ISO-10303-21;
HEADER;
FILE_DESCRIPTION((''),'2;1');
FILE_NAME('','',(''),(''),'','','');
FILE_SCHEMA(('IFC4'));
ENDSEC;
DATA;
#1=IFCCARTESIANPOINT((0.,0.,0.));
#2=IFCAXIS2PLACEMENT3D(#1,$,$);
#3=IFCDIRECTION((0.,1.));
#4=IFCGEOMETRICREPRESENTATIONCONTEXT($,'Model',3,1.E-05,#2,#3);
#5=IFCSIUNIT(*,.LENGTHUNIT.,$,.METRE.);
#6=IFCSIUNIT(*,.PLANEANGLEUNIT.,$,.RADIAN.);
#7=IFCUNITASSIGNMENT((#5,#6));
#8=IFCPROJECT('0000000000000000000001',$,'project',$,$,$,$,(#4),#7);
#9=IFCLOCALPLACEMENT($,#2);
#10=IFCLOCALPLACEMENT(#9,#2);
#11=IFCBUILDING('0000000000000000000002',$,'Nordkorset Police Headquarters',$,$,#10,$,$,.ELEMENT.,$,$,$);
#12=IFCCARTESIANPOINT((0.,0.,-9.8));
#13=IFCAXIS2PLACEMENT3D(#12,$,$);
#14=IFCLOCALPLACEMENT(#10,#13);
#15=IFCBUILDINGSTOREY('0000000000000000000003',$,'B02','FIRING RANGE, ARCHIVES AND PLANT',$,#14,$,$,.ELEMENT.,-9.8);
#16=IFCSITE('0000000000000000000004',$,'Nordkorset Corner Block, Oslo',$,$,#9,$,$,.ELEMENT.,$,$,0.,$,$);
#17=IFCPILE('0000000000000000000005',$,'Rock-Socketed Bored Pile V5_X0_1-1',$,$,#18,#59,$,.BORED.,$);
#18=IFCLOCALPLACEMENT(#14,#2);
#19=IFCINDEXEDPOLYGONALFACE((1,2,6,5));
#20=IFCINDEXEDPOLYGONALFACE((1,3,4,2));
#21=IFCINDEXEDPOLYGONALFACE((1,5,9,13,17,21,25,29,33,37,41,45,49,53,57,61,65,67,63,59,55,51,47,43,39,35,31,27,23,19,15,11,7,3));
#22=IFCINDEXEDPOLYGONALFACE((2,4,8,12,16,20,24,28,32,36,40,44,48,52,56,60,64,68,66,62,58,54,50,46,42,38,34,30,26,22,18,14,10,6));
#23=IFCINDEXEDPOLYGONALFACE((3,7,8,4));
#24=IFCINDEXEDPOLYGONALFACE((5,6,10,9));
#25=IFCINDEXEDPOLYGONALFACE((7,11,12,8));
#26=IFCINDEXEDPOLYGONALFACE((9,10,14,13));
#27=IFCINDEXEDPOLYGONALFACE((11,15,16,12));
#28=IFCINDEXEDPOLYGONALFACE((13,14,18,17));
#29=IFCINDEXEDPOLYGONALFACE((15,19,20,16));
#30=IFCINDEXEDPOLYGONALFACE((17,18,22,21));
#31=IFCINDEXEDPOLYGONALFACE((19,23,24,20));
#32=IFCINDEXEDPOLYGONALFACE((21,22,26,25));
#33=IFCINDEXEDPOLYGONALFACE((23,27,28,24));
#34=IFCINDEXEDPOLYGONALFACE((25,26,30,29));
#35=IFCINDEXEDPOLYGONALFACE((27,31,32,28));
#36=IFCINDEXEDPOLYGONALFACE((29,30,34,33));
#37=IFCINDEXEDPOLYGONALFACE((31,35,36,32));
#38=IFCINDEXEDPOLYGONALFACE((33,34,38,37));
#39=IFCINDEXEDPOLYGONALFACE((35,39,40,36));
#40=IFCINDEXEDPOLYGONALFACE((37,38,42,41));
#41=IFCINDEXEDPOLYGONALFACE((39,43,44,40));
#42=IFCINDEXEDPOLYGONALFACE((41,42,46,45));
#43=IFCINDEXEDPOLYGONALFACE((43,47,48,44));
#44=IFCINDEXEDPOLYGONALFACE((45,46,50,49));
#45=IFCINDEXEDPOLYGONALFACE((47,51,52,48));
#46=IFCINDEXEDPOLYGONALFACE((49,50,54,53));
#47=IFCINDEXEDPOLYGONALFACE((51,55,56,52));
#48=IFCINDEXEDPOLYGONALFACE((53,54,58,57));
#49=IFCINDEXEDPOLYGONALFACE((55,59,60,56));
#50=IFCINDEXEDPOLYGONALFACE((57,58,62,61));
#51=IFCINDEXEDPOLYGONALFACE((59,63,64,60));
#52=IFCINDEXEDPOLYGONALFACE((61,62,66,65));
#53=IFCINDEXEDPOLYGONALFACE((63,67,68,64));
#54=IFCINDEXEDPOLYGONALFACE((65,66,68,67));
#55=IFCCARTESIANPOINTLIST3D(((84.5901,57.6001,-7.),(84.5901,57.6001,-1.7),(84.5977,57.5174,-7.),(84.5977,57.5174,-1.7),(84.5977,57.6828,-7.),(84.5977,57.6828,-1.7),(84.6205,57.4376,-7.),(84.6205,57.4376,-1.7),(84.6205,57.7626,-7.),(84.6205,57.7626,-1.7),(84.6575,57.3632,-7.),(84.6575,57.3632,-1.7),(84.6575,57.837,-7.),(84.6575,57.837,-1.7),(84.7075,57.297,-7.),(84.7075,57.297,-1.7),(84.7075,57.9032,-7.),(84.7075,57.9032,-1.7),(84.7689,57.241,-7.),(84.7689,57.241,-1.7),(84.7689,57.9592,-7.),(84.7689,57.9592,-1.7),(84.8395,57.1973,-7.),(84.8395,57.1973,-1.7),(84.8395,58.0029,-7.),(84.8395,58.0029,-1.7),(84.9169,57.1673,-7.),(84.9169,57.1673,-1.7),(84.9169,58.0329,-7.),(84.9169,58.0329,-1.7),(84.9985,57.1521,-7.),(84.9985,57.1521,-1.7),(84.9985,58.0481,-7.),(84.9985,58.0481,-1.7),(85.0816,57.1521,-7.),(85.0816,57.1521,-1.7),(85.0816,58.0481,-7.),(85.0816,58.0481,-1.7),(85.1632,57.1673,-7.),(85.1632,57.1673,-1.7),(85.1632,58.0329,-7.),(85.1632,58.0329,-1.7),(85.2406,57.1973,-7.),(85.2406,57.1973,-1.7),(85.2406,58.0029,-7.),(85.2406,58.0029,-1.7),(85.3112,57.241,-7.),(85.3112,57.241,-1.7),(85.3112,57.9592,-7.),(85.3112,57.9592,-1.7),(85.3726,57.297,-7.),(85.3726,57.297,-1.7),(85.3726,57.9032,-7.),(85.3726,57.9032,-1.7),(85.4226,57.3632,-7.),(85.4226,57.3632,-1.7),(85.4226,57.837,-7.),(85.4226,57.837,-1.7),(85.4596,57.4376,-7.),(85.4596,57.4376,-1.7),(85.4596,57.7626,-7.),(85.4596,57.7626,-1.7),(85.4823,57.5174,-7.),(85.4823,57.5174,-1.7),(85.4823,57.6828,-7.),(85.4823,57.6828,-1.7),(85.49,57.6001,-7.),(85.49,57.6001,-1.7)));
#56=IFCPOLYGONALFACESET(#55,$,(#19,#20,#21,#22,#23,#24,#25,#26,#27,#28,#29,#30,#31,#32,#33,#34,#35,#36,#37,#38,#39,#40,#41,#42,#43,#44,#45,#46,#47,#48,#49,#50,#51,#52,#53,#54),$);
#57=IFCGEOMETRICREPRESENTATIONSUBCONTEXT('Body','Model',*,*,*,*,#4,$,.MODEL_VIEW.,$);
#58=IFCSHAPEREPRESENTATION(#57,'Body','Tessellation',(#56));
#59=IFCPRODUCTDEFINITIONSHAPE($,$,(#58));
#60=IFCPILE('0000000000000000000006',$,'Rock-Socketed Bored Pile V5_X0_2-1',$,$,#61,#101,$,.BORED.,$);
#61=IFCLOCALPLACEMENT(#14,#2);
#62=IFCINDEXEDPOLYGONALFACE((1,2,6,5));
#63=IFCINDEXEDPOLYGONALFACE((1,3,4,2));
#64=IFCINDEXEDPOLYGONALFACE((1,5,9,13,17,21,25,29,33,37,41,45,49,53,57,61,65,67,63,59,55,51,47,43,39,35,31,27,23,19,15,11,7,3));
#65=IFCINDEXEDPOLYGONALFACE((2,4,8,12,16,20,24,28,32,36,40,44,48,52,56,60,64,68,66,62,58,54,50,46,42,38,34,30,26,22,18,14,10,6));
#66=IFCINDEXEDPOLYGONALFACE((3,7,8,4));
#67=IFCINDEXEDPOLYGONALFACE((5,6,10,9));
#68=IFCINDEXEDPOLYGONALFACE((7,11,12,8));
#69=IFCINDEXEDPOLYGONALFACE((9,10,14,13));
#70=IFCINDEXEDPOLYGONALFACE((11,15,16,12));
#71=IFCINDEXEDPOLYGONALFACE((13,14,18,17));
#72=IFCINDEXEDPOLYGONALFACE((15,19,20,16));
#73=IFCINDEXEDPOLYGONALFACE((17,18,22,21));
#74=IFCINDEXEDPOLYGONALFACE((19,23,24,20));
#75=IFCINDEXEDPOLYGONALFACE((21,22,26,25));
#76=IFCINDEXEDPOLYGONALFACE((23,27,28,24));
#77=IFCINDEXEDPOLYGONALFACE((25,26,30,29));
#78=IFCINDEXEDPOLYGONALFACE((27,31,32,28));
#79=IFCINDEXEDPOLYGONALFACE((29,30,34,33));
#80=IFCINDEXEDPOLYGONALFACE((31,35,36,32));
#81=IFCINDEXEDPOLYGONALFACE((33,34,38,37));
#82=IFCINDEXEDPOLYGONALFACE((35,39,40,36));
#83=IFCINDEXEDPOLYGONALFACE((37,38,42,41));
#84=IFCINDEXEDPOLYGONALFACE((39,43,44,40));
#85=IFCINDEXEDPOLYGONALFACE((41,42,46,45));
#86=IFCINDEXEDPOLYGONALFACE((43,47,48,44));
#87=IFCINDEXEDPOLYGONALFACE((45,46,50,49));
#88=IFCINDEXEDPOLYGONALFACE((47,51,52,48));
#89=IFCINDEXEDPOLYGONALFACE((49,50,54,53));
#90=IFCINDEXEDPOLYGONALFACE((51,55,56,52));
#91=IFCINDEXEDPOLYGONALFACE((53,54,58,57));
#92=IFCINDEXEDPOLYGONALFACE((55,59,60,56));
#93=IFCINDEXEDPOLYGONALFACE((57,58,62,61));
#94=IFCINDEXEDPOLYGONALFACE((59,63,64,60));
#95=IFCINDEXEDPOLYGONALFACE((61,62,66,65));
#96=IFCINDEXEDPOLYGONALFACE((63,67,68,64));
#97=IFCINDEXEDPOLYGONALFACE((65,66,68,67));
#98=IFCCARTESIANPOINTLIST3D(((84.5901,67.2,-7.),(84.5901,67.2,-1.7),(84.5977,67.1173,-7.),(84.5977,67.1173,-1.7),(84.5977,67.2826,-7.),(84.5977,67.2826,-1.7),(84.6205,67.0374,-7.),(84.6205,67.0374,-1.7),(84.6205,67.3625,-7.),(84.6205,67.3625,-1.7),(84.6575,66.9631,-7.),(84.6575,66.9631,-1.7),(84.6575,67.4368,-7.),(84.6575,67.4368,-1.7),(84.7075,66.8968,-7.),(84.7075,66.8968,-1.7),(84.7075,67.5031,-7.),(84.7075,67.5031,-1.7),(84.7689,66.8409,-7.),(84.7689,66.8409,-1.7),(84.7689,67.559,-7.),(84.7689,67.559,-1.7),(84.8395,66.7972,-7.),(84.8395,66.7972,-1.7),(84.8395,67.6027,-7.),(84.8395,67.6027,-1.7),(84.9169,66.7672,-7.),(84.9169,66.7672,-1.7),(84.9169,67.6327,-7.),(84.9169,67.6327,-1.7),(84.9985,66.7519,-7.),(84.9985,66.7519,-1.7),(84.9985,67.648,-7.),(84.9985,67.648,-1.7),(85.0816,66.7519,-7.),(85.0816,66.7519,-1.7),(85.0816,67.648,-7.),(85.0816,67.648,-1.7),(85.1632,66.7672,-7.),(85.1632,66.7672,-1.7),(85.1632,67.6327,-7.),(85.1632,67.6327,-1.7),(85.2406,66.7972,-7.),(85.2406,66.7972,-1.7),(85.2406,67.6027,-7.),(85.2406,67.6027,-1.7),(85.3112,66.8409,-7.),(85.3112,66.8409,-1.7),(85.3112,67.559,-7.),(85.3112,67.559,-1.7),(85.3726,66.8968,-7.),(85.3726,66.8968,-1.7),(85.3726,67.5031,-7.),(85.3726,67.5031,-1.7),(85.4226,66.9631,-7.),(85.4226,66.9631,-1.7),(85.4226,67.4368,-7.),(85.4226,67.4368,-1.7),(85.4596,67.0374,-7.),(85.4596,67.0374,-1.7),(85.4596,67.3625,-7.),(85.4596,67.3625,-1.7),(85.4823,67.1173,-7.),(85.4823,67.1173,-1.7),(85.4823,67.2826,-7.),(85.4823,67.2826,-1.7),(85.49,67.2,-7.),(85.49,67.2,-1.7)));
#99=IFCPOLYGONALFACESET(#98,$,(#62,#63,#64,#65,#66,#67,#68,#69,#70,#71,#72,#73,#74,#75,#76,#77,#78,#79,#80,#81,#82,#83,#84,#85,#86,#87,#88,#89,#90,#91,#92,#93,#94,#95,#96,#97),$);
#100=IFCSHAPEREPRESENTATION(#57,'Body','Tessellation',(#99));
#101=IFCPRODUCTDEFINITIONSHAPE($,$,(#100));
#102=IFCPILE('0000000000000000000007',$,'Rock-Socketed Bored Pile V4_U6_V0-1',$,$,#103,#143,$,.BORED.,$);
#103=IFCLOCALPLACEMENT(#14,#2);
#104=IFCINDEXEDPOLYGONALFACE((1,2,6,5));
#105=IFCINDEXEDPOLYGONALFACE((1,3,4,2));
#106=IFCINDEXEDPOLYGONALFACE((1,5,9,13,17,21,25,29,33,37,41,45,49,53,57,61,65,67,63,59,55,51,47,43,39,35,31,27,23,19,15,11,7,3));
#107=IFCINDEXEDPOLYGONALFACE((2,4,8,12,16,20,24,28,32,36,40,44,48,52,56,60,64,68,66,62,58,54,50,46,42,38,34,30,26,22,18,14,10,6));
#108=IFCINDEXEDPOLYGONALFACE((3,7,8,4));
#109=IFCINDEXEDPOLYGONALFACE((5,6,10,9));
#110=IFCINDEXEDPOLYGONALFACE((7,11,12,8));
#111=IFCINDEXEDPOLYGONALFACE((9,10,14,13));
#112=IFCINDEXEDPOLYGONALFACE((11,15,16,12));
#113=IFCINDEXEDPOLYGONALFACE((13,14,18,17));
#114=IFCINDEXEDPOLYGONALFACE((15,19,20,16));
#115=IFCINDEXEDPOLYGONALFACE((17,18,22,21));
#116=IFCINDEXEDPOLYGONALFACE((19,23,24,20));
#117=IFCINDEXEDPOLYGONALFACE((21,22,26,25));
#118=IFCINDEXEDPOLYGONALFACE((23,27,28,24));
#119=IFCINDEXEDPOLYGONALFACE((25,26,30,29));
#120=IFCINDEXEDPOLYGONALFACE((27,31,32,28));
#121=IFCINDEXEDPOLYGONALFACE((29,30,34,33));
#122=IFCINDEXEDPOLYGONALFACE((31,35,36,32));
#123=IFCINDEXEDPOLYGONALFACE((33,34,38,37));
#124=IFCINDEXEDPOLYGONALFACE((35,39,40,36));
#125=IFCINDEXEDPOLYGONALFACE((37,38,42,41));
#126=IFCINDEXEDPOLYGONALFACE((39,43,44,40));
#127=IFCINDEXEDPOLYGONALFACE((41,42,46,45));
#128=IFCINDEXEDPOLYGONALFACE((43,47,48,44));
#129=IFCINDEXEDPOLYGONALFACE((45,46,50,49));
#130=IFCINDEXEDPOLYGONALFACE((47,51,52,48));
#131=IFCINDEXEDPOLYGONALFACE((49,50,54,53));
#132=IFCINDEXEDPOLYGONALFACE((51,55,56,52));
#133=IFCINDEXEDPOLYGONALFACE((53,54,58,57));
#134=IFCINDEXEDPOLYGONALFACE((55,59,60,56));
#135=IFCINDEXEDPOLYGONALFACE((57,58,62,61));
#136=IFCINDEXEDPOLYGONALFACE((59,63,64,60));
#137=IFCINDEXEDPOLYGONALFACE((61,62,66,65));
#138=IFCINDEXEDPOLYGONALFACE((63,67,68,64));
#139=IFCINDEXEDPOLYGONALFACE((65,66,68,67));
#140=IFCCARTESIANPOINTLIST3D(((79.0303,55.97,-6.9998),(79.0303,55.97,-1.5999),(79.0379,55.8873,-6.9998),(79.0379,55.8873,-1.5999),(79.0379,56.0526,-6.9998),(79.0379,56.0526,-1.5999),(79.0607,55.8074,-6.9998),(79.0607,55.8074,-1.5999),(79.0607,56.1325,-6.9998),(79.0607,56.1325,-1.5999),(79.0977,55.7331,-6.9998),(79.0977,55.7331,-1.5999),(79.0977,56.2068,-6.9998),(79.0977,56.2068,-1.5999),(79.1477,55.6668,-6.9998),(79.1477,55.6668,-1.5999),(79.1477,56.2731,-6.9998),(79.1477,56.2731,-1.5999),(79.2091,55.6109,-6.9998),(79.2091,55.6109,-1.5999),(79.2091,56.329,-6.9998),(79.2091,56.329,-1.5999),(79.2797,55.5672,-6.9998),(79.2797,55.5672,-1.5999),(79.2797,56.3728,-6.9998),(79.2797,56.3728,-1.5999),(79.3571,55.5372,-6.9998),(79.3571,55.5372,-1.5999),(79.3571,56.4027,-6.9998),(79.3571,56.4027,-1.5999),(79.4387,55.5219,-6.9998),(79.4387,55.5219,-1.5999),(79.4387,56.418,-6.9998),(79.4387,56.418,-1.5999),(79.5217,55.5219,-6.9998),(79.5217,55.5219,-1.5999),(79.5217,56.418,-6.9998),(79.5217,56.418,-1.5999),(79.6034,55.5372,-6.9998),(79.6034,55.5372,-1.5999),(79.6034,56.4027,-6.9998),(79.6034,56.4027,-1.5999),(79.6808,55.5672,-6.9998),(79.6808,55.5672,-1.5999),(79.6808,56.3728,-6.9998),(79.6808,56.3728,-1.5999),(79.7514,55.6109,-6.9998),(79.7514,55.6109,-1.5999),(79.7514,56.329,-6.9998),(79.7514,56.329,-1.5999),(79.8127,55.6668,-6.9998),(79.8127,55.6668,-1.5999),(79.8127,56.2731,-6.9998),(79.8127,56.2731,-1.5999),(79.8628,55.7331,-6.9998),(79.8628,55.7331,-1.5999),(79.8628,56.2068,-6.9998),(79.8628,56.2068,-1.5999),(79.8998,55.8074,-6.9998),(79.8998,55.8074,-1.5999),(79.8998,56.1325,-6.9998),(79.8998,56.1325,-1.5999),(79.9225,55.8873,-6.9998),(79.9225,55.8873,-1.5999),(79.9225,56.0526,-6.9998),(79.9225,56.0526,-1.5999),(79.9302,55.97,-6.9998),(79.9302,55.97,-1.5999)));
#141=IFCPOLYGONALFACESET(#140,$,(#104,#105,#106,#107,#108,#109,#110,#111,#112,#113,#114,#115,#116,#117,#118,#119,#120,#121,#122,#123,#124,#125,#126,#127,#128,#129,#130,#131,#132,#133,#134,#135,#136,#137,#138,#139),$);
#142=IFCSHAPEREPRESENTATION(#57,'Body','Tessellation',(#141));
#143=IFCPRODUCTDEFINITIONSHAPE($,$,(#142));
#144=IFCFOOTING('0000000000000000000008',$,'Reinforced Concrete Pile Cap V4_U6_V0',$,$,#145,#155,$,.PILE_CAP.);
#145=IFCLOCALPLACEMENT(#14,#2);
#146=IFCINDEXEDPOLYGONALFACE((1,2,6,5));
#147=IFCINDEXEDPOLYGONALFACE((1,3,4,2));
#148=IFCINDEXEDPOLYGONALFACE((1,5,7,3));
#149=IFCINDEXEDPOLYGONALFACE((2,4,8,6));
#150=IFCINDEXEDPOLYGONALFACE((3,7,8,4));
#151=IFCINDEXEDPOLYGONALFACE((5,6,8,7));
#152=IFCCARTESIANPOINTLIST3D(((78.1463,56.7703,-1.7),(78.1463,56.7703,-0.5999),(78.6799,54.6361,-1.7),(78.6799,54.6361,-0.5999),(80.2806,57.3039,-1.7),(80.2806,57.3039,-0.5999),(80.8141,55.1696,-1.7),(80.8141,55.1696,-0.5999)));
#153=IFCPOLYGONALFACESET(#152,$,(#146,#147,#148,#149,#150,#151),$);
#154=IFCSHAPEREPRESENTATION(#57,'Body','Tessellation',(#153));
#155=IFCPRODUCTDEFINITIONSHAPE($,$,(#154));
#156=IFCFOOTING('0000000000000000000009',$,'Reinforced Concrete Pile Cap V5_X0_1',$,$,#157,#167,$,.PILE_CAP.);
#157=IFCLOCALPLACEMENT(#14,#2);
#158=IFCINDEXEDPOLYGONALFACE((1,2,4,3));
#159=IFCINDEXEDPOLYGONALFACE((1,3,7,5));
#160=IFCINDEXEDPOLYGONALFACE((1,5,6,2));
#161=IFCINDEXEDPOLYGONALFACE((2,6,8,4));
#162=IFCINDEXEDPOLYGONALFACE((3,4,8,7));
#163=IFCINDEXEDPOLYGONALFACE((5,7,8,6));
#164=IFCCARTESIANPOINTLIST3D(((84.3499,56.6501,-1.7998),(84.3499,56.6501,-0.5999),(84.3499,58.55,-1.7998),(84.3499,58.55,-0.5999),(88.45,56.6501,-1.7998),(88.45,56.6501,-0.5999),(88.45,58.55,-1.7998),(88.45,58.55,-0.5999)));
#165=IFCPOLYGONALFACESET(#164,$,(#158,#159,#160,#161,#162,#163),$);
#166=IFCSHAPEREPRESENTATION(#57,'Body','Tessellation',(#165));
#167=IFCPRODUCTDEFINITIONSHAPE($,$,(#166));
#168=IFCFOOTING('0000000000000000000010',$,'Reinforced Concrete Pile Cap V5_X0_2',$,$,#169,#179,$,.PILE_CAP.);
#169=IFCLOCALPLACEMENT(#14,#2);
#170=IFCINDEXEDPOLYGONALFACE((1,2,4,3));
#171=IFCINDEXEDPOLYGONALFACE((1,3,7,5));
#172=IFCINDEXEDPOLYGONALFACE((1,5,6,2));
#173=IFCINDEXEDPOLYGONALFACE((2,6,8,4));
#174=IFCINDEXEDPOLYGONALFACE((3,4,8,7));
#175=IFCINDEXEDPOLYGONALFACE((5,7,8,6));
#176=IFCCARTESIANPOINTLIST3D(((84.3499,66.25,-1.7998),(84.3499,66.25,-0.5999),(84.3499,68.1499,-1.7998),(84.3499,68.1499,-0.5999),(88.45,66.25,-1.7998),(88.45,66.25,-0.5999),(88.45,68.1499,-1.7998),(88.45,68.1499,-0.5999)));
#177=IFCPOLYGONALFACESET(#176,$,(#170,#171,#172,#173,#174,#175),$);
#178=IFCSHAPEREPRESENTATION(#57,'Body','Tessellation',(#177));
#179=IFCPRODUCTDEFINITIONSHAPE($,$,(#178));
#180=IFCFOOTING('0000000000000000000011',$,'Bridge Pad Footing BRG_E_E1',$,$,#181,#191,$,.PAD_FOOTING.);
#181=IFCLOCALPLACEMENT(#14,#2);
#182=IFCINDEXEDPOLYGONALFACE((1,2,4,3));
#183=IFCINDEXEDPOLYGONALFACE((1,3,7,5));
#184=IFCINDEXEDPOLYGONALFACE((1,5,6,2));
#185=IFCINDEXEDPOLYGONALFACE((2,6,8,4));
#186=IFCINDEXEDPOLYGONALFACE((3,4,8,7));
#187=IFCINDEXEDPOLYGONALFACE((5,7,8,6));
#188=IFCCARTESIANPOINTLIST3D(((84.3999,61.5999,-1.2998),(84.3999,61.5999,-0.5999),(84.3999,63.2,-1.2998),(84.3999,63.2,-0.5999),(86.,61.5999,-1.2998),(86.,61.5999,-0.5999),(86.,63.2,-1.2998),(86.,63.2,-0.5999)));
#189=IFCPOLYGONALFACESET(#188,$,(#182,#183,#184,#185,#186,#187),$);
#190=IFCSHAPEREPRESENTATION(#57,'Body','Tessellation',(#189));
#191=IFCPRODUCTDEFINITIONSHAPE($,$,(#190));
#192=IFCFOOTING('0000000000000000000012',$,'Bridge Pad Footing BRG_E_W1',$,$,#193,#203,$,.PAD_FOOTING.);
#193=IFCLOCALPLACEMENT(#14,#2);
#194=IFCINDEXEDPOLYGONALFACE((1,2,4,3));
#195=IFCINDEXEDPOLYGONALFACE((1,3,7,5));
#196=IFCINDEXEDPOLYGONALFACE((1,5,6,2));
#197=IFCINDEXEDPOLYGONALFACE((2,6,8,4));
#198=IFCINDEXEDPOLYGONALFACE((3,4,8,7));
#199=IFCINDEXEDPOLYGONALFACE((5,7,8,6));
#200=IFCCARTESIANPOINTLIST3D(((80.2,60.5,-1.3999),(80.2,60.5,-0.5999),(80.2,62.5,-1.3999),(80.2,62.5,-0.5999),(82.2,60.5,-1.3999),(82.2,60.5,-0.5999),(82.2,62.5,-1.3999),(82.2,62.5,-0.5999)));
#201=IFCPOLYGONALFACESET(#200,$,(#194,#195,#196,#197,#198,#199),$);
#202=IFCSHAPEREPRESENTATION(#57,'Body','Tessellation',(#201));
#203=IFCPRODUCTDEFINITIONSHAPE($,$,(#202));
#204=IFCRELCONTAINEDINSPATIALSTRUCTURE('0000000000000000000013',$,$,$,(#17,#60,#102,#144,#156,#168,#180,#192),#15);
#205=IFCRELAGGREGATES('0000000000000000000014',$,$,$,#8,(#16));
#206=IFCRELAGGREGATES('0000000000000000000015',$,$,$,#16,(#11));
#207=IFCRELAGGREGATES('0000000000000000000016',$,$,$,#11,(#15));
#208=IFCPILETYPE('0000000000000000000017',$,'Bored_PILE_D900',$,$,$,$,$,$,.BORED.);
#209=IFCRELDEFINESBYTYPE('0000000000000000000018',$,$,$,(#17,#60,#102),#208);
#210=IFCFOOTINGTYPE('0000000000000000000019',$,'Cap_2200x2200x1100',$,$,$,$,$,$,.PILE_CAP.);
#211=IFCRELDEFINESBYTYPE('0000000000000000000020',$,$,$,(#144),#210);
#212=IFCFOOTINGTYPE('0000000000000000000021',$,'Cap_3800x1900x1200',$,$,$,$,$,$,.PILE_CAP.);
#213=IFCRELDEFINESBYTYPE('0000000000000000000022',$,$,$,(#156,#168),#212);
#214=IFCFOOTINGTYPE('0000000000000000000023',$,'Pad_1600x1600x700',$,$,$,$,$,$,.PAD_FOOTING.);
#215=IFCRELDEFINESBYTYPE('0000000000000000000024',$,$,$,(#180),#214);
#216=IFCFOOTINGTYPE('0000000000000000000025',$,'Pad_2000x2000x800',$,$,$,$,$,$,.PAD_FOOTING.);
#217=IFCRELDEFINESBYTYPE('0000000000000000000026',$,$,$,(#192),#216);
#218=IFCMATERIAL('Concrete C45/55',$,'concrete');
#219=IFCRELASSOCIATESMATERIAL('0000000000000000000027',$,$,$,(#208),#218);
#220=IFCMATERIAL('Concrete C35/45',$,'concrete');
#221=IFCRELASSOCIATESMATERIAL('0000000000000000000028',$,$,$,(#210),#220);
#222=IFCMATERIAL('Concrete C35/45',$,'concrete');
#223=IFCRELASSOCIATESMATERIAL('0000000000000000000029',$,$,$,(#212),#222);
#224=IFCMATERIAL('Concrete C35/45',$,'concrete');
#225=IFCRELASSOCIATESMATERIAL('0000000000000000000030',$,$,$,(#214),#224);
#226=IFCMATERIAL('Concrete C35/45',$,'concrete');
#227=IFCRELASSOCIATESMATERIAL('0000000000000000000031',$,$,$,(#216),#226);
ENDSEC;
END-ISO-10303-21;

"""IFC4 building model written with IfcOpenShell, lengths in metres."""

from ifc_helpers import new_model, si_unit, direction, frame, origin, origin_2d, place, context, subcontext, project, spatial, rectangle, circle, extrude, material, material_profile, profile_set, type_object, element, save


model = new_model("IFC4")

# Units and contexts
model_context = context("Model", 3, precision=1e-05, world=origin(), true_north=direction((0.0, 1.0)))
body_context = subcontext(model_context, "Body", "Model", "MODEL_VIEW")
ifc_project = project(units=[si_unit("LENGTHUNIT", "METRE"), si_unit("PLANEANGLEUNIT", "RADIAN")], contexts=[model_context])

# Site, building, storey
site_placement = place(None, origin())
site = spatial("IfcSite", under=ifc_project, at=site_placement, Name="Nordkorset Corner Block, Oslo", CompositionType="ELEMENT", RefElevation=0.0)
building_placement = place(site_placement, origin())
building = spatial("IfcBuilding", under=site, at=building_placement, Name="Nordkorset Police Headquarters", CompositionType="ELEMENT")
storey_placement = place(building_placement, frame((0.0, 0.0, -9.8)))
storey = spatial("IfcBuildingStorey", under=building, at=storey_placement, Name="B02", Description="FIRING RANGE, ARCHIVES AND PLANT", CompositionType="ELEMENT", Elevation=-9.8)

# Piles
ifc_material_1 = material(Name="Concrete C45/55", Category="concrete")
ifc_material_profile_1 = material_profile(ifc_material_1, circle(Radius=0.45, at=origin_2d()), Name="PILE D900")
ifc_profile_set_1 = profile_set([ifc_material_profile_1], Name="Concrete C45/55")
pile_type = type_object("IfcPileType", Name="Bored_PILE_D900", PredefinedType="BORED", material=ifc_profile_set_1)
for number, where, z_axis, x_axis, name in (
    (1, (85.04, 57.6001, -1.7), (0.0, 0.0, -1.0), (1.0, 0.0, 0.0), "Rock-Socketed Bored Pile V5_X0_1-1"),
    (2, (85.04, 67.2, -1.7), (0.0, 0.0, -1.0), (1.0, 0.0, 0.0), "Rock-Socketed Bored Pile V5_X0_2-1"),
):
    element("IfcPile", number, at=place(storey_placement, frame(where, z_axis=z_axis, x_axis=x_axis)), inside=storey, type_object=pile_type, Name=name, PredefinedType="BORED", context=body_context, shape_type="SweptSolid", body=[
        extrude(circle(Radius=0.45, at=origin_2d()), origin(), (0.0, 0.0, 1.0), 5.3),
    ])
pile_placement = place(storey_placement, frame((79.4802, 55.97, -1.5999), z_axis=(0.0, 0.0, -1.0), x_axis=(1.0, 0.0, 0.0)))
element("IfcPile", 3, at=pile_placement, inside=storey, type_object=pile_type, Name="Rock-Socketed Bored Pile V4_U6_V0-1", PredefinedType="BORED", context=body_context, shape_type="SweptSolid", body=[
    extrude(circle(Radius=0.45, at=origin_2d()), origin(), (0.0, 0.0, 1.0), 5.3999),
])

# Footings
ifc_material_2 = material(Name="Concrete C35/45", Category="concrete")
footing_type_1 = type_object("IfcFootingType", Name="Cap_2200x2200x1100", PredefinedType="PILE_CAP", material=ifc_material_2)
footing_1_placement = place(storey_placement, frame((79.4802, 55.97, -1.7), z_axis=(0.0, 0.0, 1.0), x_axis=(0.970143, 0.242536, 0.0)))
element("IfcFooting", 4, at=footing_1_placement, inside=storey, type_object=footing_type_1, Name="Reinforced Concrete Pile Cap V4_U6_V0", PredefinedType="PILE_CAP", context=body_context, shape_type="SweptSolid", body=[
    extrude(rectangle(XDim=2.2, YDim=2.2, at=origin_2d()), origin(), (0.0, 0.0, 1.0), 1.1001),
])
ifc_material_3 = material(Name="Concrete C35/45", Category="concrete")
footing_type_2 = type_object("IfcFootingType", Name="Cap_3800x1900x1200", PredefinedType="PILE_CAP", material=ifc_material_3)
for number, where, z_axis, x_axis, name in (
    (5, (86.3999, 57.6001, -1.7998), (0.0, 0.0, 1.0), (1.0, 0.0, 0.0), "Reinforced Concrete Pile Cap V5_X0_1"),
    (6, (86.3999, 67.2, -1.7998), (0.0, 0.0, 1.0), (1.0, 0.0, 0.0), "Reinforced Concrete Pile Cap V5_X0_2"),
):
    element("IfcFooting", number, at=place(storey_placement, frame(where, z_axis=z_axis, x_axis=x_axis)), inside=storey, type_object=footing_type_2, Name=name, PredefinedType="PILE_CAP", context=body_context, shape_type="SweptSolid", body=[
        extrude(rectangle(XDim=4.1001, YDim=1.8999, at=origin_2d()), origin(), (0.0, 0.0, 1.0), 1.2),
    ])
ifc_material_4 = material(Name="Concrete C35/45", Category="concrete")
footing_type_3 = type_object("IfcFootingType", Name="Pad_1600x1600x700", PredefinedType="PAD_FOOTING", material=ifc_material_4)
footing_2_placement = place(storey_placement, frame((85.2, 62.3999, -1.2998), z_axis=(0.0, 0.0, 1.0), x_axis=(1.0, 0.0, 0.0)))
element("IfcFooting", 7, at=footing_2_placement, inside=storey, type_object=footing_type_3, Name="Bridge Pad Footing BRG_E_E1", PredefinedType="PAD_FOOTING", context=body_context, shape_type="SweptSolid", body=[
    extrude(rectangle(XDim=1.6001, YDim=1.6001, at=origin_2d()), origin(), (0.0, 0.0, 1.0), 0.7),
])
ifc_material_5 = material(Name="Concrete C35/45", Category="concrete")
footing_type_4 = type_object("IfcFootingType", Name="Pad_2000x2000x800", PredefinedType="PAD_FOOTING", material=ifc_material_5)
footing_3_placement = place(storey_placement, frame((81.2, 61.5, -1.3999), z_axis=(0.0, 0.0, 1.0), x_axis=(1.0, 0.0, 0.0)))
element("IfcFooting", 8, at=footing_3_placement, inside=storey, type_object=footing_type_4, Name="Bridge Pad Footing BRG_E_W1", PredefinedType="PAD_FOOTING", context=body_context, shape_type="SweptSolid", body=[
    extrude(rectangle(XDim=2.0, YDim=2.0, at=origin_2d()), origin(), (0.0, 0.0, 1.0), 0.8),
])

save(model, "model.ifc")
